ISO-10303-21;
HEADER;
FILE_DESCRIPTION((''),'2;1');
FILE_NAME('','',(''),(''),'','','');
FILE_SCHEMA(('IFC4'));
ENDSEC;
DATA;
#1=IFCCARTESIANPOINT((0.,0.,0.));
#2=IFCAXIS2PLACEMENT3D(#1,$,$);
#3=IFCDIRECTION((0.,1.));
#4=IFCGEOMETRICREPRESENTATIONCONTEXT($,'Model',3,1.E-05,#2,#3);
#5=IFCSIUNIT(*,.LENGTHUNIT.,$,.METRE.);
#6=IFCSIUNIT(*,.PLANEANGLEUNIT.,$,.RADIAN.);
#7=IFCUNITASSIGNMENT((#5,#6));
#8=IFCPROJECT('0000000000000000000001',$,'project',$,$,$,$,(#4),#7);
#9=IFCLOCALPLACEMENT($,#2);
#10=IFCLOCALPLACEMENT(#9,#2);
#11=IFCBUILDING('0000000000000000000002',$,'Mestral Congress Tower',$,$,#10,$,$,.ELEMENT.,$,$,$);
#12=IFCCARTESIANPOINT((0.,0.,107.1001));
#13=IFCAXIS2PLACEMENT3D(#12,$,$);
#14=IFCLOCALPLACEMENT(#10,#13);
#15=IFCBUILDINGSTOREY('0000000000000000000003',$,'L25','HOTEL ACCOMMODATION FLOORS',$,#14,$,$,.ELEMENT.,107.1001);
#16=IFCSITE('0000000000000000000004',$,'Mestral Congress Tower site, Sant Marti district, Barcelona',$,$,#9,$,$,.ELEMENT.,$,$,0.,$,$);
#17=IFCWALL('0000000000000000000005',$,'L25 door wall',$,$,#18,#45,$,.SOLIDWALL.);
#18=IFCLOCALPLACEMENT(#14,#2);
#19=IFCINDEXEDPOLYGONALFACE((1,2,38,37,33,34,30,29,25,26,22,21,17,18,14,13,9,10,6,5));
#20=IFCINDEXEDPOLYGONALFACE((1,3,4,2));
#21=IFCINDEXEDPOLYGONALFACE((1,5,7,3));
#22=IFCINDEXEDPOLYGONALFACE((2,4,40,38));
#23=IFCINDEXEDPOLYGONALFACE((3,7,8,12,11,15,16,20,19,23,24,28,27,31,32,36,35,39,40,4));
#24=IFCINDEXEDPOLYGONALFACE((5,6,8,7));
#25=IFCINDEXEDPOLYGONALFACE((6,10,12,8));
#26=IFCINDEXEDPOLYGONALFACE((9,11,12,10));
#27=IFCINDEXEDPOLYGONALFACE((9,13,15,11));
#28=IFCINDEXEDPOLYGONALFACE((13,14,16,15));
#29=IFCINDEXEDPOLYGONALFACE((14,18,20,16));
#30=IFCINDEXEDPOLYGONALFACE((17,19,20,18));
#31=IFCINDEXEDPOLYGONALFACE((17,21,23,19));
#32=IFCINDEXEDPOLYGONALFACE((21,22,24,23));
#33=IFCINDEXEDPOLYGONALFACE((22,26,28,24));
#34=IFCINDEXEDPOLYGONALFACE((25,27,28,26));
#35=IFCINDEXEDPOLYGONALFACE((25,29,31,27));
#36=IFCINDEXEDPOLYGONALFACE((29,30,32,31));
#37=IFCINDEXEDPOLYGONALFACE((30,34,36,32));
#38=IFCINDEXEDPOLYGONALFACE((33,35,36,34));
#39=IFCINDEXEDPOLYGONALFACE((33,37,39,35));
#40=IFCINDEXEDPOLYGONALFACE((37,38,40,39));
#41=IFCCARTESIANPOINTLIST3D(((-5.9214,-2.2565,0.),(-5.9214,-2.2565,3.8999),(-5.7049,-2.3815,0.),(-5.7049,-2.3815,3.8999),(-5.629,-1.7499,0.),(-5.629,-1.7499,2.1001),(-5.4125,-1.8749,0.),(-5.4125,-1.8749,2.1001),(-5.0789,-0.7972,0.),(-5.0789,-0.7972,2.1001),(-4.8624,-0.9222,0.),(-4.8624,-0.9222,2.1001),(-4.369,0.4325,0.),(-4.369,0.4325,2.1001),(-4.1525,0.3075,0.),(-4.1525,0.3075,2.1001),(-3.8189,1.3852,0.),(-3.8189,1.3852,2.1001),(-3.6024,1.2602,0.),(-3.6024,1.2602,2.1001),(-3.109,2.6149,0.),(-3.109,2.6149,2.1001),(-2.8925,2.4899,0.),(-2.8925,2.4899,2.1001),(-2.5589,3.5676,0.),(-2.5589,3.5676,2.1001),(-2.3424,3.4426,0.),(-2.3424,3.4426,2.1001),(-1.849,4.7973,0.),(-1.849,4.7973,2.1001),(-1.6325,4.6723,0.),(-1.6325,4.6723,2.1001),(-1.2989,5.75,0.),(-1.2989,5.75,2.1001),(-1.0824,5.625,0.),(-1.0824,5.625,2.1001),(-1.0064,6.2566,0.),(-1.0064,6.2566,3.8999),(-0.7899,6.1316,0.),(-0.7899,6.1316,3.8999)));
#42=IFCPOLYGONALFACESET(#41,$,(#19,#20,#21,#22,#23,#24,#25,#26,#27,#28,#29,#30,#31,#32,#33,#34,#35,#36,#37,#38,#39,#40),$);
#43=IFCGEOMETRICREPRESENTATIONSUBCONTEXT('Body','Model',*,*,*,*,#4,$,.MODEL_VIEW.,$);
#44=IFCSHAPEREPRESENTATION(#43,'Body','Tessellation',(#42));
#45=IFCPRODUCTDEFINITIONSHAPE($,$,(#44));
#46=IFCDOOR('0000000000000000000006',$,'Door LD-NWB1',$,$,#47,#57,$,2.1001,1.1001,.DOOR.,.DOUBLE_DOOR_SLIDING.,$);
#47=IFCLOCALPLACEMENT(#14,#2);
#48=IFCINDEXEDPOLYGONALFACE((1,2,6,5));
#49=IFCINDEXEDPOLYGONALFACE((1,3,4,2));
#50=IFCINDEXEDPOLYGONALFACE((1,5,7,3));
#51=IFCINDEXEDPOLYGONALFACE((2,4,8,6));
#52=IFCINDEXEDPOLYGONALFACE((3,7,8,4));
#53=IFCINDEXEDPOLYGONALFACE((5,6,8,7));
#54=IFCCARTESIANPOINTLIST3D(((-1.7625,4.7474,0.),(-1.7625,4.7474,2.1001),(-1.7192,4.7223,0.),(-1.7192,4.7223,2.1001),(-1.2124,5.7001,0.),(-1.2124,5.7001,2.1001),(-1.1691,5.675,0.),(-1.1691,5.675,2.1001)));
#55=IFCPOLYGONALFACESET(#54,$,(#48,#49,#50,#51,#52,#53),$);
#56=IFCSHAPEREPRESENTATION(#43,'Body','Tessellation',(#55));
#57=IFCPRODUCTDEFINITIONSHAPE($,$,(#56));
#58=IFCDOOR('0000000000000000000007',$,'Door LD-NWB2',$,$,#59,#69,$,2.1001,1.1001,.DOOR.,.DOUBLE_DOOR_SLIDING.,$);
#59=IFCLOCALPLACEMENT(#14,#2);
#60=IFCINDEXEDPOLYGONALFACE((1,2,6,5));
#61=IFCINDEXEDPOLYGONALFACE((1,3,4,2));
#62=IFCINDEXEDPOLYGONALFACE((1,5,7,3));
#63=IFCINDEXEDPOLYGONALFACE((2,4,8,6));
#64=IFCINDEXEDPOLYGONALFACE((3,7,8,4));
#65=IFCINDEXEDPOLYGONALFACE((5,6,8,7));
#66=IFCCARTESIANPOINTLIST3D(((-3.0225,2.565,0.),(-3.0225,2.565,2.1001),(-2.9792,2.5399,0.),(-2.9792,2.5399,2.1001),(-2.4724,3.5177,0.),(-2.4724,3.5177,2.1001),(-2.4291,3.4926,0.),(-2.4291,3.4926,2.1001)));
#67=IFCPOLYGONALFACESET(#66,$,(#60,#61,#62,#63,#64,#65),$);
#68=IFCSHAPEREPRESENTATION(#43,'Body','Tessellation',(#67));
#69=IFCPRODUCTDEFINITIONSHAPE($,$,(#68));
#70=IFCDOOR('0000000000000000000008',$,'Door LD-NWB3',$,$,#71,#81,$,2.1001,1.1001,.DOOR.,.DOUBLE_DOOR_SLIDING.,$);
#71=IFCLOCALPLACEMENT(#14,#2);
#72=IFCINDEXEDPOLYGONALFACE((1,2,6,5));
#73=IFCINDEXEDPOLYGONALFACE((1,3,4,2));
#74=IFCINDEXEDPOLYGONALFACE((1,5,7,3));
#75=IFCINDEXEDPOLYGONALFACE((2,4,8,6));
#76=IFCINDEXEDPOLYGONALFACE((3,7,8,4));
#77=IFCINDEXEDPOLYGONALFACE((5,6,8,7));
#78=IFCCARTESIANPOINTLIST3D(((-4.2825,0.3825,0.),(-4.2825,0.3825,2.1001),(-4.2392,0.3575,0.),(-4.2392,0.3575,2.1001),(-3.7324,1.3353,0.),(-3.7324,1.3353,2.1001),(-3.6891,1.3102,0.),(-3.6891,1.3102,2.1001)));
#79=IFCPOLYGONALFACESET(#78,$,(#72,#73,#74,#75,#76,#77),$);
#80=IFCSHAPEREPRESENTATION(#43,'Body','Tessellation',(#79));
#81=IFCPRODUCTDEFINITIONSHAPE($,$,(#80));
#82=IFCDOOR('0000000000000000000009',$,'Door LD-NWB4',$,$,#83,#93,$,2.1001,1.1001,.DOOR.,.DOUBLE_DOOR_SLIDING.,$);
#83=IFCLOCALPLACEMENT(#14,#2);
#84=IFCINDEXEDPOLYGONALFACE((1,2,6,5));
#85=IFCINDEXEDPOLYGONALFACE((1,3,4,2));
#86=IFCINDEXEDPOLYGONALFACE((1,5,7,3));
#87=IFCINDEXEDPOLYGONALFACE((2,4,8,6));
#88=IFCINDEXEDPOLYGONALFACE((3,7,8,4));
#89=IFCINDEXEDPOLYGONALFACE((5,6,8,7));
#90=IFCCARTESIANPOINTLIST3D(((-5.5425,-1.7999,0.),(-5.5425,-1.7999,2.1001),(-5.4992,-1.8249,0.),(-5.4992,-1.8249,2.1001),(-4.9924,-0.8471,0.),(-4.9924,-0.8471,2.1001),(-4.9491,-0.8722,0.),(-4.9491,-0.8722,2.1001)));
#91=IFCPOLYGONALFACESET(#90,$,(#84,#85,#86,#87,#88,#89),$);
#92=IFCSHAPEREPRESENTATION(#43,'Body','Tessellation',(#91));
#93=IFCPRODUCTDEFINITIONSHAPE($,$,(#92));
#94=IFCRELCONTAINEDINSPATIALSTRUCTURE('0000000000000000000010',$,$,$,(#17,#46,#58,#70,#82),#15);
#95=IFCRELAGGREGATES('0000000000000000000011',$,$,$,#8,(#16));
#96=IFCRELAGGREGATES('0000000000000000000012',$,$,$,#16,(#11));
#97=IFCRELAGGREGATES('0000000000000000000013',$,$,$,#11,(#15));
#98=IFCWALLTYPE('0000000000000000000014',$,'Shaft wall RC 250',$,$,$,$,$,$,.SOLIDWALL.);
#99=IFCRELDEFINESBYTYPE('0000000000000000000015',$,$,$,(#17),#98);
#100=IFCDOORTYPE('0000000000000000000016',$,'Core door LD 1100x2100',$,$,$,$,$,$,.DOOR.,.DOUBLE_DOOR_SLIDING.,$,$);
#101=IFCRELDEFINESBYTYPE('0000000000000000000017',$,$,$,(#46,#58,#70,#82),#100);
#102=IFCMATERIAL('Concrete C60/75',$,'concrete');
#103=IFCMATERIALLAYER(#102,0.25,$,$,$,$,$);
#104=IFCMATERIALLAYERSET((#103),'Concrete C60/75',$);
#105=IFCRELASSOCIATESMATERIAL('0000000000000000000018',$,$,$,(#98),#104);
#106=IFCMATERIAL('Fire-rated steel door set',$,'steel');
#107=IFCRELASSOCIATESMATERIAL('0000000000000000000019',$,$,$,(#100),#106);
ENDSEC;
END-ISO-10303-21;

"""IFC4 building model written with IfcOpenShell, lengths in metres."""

from ifc_helpers import new_model, si_unit, direction, frame, frame_2d, origin, place, context, subcontext, project, spatial, rectangle, extrude, material, layer, layer_set, type_object, element, fill, save


model = new_model("IFC4")

# Units and contexts
model_context = context("Model", 3, precision=1e-05, world=origin(), true_north=direction((0.0, 1.0)))
body_context = subcontext(model_context, "Body", "Model", "MODEL_VIEW")
ifc_project = project(units=[si_unit("LENGTHUNIT", "METRE"), si_unit("PLANEANGLEUNIT", "RADIAN")], contexts=[model_context])

# Site, building, storey
site_placement = place(None, origin())
site = spatial("IfcSite", under=ifc_project, at=site_placement, Name="Mestral Congress Tower site, Sant Marti district, Barcelona", CompositionType="ELEMENT", RefElevation=0.0)
building_placement = place(site_placement, origin())
building = spatial("IfcBuilding", under=site, at=building_placement, Name="Mestral Congress Tower", CompositionType="ELEMENT")
storey_placement = place(building_placement, frame((0.0, 0.0, 107.1001)))
storey = spatial("IfcBuildingStorey", under=building, at=storey_placement, Name="L25", Description="HOTEL ACCOMMODATION FLOORS", CompositionType="ELEMENT", Elevation=107.1001)

# Shared definitions
ifc_material_1 = material(Name="Fire-rated steel door set", Category="steel")

# Shared definitions
ifc_material_2 = material(Name="Concrete C60/75", Category="concrete")
ifc_layer_1 = layer(ifc_material_2, 0.25)
ifc_layer_set_1 = layer_set([ifc_layer_1], Name="Concrete C60/75")
wall_type_1 = type_object("IfcWallType", Name="Shaft wall RC 250", PredefinedType="SOLIDWALL", material=ifc_layer_set_1)

# Wall, openings, doors
wall_1_placement = place(storey_placement, frame((-0.8982, 6.1941, 0.0), z_axis=(0.0, 0.0, 1.0), x_axis=(-0.499996, -0.866028, 0.0)))
wall_1 = element("IfcWall", 1, at=wall_1_placement, inside=storey, type_object=wall_type_1, Name="L25 door wall", PredefinedType="SOLIDWALL", context=body_context, shape_type="SweptSolid", body=[
    extrude(rectangle(XDim=9.8301, YDim=0.25, at=frame_2d((4.915, 0.0))), origin(), (0.0, 0.0, 1.0), 3.8999),
])
opening_1_placement = place(wall_1_placement, frame((0.585, 0.0, 0.0)))
opening_1 = element("IfcOpeningElement", 2, at=opening_1_placement, cuts=wall_1, PredefinedType="OPENING", context=body_context, shape_type="SweptSolid", body=[
    extrude(rectangle(XDim=1.1001, YDim=2.1001, at=frame_2d((0.55, 1.05))), frame((0.0, 0.135, 0.0), z_axis=(0.0, -1.0, 0.0), x_axis=(1.0, 0.0, 0.0)), (0.0, 0.0, 1.0), 0.27),
])
opening_2_placement = place(wall_1_placement, frame((3.105, 0.0, 0.0)))
opening_2 = element("IfcOpeningElement", 3, at=opening_2_placement, cuts=wall_1, PredefinedType="OPENING", context=body_context, shape_type="SweptSolid", body=[
    extrude(rectangle(XDim=1.1001, YDim=2.1001, at=frame_2d((0.55, 1.05))), frame((0.0, 0.135, 0.0), z_axis=(0.0, -1.0, 0.0), x_axis=(1.0, 0.0, 0.0)), (0.0, 0.0, 1.0), 0.27),
])
opening_3_placement = place(wall_1_placement, frame((5.625, 0.0, 0.0)))
opening_3 = element("IfcOpeningElement", 4, at=opening_3_placement, cuts=wall_1, PredefinedType="OPENING", context=body_context, shape_type="SweptSolid", body=[
    extrude(rectangle(XDim=1.1001, YDim=2.1001, at=frame_2d((0.55, 1.05))), frame((0.0, 0.135, 0.0), z_axis=(0.0, -1.0, 0.0), x_axis=(1.0, 0.0, 0.0)), (0.0, 0.0, 1.0), 0.27),
])
opening_4_placement = place(wall_1_placement, frame((8.145, 0.0, 0.0)))
opening_4 = element("IfcOpeningElement", 5, at=opening_4_placement, cuts=wall_1, PredefinedType="OPENING", context=body_context, shape_type="SweptSolid", body=[
    extrude(rectangle(XDim=1.1001, YDim=2.1001, at=frame_2d((0.55, 1.05))), frame((0.0, 0.135, 0.0), z_axis=(0.0, -1.0, 0.0), x_axis=(1.0, 0.0, 0.0)), (0.0, 0.0, 1.0), 0.27),
])
door_type_1 = type_object("IfcDoorType", Name="Core door LD 1100x2100", OperationType="DOUBLE_DOOR_SLIDING", PredefinedType="DOOR", material=ifc_material_1)
door_1_placement = place(opening_1_placement, origin())
door_1 = element("IfcDoor", 6, at=door_1_placement, inside=storey, type_object=door_type_1, Name="Door LD-NWB1", OperationType="DOUBLE_DOOR_SLIDING", OverallHeight=2.1001, OverallWidth=1.1001, PredefinedType="DOOR", context=body_context, shape_type="SweptSolid", body=[
    extrude(rectangle(XDim=1.1001, YDim=2.1001, at=frame_2d((0.55, 1.05))), frame((0.0, 0.0249, 0.0), z_axis=(0.0, -1.0, 0.0), x_axis=(1.0, 0.0, 0.0)), (0.0, 0.0, 1.0), 0.05),
])
fill(opening_1, door_1)
door_2_placement = place(opening_2_placement, origin())
door_2 = element("IfcDoor", 7, at=door_2_placement, inside=storey, type_object=door_type_1, Name="Door LD-NWB2", OperationType="DOUBLE_DOOR_SLIDING", OverallHeight=2.1001, OverallWidth=1.1001, PredefinedType="DOOR", context=body_context, shape_type="SweptSolid", body=[
    extrude(rectangle(XDim=1.1001, YDim=2.1001, at=frame_2d((0.55, 1.05))), frame((0.0, 0.0249, 0.0), z_axis=(0.0, -1.0, 0.0), x_axis=(1.0, 0.0, 0.0)), (0.0, 0.0, 1.0), 0.05),
])
fill(opening_2, door_2)
door_3_placement = place(opening_3_placement, origin())
door_3 = element("IfcDoor", 8, at=door_3_placement, inside=storey, type_object=door_type_1, Name="Door LD-NWB3", OperationType="DOUBLE_DOOR_SLIDING", OverallHeight=2.1001, OverallWidth=1.1001, PredefinedType="DOOR", context=body_context, shape_type="SweptSolid", body=[
    extrude(rectangle(XDim=1.1001, YDim=2.1001, at=frame_2d((0.55, 1.05))), frame((0.0, 0.0249, 0.0), z_axis=(0.0, -1.0, 0.0), x_axis=(1.0, 0.0, 0.0)), (0.0, 0.0, 1.0), 0.05),
])
fill(opening_3, door_3)
door_4_placement = place(opening_4_placement, origin())
door_4 = element("IfcDoor", 9, at=door_4_placement, inside=storey, type_object=door_type_1, Name="Door LD-NWB4", OperationType="DOUBLE_DOOR_SLIDING", OverallHeight=2.1001, OverallWidth=1.1001, PredefinedType="DOOR", context=body_context, shape_type="SweptSolid", body=[
    extrude(rectangle(XDim=1.1001, YDim=2.1001, at=frame_2d((0.55, 1.05))), frame((0.0, 0.0249, 0.0), z_axis=(0.0, -1.0, 0.0), x_axis=(1.0, 0.0, 0.0)), (0.0, 0.0, 1.0), 0.05),
])
fill(opening_4, door_4)

save(model, "model.ifc")
